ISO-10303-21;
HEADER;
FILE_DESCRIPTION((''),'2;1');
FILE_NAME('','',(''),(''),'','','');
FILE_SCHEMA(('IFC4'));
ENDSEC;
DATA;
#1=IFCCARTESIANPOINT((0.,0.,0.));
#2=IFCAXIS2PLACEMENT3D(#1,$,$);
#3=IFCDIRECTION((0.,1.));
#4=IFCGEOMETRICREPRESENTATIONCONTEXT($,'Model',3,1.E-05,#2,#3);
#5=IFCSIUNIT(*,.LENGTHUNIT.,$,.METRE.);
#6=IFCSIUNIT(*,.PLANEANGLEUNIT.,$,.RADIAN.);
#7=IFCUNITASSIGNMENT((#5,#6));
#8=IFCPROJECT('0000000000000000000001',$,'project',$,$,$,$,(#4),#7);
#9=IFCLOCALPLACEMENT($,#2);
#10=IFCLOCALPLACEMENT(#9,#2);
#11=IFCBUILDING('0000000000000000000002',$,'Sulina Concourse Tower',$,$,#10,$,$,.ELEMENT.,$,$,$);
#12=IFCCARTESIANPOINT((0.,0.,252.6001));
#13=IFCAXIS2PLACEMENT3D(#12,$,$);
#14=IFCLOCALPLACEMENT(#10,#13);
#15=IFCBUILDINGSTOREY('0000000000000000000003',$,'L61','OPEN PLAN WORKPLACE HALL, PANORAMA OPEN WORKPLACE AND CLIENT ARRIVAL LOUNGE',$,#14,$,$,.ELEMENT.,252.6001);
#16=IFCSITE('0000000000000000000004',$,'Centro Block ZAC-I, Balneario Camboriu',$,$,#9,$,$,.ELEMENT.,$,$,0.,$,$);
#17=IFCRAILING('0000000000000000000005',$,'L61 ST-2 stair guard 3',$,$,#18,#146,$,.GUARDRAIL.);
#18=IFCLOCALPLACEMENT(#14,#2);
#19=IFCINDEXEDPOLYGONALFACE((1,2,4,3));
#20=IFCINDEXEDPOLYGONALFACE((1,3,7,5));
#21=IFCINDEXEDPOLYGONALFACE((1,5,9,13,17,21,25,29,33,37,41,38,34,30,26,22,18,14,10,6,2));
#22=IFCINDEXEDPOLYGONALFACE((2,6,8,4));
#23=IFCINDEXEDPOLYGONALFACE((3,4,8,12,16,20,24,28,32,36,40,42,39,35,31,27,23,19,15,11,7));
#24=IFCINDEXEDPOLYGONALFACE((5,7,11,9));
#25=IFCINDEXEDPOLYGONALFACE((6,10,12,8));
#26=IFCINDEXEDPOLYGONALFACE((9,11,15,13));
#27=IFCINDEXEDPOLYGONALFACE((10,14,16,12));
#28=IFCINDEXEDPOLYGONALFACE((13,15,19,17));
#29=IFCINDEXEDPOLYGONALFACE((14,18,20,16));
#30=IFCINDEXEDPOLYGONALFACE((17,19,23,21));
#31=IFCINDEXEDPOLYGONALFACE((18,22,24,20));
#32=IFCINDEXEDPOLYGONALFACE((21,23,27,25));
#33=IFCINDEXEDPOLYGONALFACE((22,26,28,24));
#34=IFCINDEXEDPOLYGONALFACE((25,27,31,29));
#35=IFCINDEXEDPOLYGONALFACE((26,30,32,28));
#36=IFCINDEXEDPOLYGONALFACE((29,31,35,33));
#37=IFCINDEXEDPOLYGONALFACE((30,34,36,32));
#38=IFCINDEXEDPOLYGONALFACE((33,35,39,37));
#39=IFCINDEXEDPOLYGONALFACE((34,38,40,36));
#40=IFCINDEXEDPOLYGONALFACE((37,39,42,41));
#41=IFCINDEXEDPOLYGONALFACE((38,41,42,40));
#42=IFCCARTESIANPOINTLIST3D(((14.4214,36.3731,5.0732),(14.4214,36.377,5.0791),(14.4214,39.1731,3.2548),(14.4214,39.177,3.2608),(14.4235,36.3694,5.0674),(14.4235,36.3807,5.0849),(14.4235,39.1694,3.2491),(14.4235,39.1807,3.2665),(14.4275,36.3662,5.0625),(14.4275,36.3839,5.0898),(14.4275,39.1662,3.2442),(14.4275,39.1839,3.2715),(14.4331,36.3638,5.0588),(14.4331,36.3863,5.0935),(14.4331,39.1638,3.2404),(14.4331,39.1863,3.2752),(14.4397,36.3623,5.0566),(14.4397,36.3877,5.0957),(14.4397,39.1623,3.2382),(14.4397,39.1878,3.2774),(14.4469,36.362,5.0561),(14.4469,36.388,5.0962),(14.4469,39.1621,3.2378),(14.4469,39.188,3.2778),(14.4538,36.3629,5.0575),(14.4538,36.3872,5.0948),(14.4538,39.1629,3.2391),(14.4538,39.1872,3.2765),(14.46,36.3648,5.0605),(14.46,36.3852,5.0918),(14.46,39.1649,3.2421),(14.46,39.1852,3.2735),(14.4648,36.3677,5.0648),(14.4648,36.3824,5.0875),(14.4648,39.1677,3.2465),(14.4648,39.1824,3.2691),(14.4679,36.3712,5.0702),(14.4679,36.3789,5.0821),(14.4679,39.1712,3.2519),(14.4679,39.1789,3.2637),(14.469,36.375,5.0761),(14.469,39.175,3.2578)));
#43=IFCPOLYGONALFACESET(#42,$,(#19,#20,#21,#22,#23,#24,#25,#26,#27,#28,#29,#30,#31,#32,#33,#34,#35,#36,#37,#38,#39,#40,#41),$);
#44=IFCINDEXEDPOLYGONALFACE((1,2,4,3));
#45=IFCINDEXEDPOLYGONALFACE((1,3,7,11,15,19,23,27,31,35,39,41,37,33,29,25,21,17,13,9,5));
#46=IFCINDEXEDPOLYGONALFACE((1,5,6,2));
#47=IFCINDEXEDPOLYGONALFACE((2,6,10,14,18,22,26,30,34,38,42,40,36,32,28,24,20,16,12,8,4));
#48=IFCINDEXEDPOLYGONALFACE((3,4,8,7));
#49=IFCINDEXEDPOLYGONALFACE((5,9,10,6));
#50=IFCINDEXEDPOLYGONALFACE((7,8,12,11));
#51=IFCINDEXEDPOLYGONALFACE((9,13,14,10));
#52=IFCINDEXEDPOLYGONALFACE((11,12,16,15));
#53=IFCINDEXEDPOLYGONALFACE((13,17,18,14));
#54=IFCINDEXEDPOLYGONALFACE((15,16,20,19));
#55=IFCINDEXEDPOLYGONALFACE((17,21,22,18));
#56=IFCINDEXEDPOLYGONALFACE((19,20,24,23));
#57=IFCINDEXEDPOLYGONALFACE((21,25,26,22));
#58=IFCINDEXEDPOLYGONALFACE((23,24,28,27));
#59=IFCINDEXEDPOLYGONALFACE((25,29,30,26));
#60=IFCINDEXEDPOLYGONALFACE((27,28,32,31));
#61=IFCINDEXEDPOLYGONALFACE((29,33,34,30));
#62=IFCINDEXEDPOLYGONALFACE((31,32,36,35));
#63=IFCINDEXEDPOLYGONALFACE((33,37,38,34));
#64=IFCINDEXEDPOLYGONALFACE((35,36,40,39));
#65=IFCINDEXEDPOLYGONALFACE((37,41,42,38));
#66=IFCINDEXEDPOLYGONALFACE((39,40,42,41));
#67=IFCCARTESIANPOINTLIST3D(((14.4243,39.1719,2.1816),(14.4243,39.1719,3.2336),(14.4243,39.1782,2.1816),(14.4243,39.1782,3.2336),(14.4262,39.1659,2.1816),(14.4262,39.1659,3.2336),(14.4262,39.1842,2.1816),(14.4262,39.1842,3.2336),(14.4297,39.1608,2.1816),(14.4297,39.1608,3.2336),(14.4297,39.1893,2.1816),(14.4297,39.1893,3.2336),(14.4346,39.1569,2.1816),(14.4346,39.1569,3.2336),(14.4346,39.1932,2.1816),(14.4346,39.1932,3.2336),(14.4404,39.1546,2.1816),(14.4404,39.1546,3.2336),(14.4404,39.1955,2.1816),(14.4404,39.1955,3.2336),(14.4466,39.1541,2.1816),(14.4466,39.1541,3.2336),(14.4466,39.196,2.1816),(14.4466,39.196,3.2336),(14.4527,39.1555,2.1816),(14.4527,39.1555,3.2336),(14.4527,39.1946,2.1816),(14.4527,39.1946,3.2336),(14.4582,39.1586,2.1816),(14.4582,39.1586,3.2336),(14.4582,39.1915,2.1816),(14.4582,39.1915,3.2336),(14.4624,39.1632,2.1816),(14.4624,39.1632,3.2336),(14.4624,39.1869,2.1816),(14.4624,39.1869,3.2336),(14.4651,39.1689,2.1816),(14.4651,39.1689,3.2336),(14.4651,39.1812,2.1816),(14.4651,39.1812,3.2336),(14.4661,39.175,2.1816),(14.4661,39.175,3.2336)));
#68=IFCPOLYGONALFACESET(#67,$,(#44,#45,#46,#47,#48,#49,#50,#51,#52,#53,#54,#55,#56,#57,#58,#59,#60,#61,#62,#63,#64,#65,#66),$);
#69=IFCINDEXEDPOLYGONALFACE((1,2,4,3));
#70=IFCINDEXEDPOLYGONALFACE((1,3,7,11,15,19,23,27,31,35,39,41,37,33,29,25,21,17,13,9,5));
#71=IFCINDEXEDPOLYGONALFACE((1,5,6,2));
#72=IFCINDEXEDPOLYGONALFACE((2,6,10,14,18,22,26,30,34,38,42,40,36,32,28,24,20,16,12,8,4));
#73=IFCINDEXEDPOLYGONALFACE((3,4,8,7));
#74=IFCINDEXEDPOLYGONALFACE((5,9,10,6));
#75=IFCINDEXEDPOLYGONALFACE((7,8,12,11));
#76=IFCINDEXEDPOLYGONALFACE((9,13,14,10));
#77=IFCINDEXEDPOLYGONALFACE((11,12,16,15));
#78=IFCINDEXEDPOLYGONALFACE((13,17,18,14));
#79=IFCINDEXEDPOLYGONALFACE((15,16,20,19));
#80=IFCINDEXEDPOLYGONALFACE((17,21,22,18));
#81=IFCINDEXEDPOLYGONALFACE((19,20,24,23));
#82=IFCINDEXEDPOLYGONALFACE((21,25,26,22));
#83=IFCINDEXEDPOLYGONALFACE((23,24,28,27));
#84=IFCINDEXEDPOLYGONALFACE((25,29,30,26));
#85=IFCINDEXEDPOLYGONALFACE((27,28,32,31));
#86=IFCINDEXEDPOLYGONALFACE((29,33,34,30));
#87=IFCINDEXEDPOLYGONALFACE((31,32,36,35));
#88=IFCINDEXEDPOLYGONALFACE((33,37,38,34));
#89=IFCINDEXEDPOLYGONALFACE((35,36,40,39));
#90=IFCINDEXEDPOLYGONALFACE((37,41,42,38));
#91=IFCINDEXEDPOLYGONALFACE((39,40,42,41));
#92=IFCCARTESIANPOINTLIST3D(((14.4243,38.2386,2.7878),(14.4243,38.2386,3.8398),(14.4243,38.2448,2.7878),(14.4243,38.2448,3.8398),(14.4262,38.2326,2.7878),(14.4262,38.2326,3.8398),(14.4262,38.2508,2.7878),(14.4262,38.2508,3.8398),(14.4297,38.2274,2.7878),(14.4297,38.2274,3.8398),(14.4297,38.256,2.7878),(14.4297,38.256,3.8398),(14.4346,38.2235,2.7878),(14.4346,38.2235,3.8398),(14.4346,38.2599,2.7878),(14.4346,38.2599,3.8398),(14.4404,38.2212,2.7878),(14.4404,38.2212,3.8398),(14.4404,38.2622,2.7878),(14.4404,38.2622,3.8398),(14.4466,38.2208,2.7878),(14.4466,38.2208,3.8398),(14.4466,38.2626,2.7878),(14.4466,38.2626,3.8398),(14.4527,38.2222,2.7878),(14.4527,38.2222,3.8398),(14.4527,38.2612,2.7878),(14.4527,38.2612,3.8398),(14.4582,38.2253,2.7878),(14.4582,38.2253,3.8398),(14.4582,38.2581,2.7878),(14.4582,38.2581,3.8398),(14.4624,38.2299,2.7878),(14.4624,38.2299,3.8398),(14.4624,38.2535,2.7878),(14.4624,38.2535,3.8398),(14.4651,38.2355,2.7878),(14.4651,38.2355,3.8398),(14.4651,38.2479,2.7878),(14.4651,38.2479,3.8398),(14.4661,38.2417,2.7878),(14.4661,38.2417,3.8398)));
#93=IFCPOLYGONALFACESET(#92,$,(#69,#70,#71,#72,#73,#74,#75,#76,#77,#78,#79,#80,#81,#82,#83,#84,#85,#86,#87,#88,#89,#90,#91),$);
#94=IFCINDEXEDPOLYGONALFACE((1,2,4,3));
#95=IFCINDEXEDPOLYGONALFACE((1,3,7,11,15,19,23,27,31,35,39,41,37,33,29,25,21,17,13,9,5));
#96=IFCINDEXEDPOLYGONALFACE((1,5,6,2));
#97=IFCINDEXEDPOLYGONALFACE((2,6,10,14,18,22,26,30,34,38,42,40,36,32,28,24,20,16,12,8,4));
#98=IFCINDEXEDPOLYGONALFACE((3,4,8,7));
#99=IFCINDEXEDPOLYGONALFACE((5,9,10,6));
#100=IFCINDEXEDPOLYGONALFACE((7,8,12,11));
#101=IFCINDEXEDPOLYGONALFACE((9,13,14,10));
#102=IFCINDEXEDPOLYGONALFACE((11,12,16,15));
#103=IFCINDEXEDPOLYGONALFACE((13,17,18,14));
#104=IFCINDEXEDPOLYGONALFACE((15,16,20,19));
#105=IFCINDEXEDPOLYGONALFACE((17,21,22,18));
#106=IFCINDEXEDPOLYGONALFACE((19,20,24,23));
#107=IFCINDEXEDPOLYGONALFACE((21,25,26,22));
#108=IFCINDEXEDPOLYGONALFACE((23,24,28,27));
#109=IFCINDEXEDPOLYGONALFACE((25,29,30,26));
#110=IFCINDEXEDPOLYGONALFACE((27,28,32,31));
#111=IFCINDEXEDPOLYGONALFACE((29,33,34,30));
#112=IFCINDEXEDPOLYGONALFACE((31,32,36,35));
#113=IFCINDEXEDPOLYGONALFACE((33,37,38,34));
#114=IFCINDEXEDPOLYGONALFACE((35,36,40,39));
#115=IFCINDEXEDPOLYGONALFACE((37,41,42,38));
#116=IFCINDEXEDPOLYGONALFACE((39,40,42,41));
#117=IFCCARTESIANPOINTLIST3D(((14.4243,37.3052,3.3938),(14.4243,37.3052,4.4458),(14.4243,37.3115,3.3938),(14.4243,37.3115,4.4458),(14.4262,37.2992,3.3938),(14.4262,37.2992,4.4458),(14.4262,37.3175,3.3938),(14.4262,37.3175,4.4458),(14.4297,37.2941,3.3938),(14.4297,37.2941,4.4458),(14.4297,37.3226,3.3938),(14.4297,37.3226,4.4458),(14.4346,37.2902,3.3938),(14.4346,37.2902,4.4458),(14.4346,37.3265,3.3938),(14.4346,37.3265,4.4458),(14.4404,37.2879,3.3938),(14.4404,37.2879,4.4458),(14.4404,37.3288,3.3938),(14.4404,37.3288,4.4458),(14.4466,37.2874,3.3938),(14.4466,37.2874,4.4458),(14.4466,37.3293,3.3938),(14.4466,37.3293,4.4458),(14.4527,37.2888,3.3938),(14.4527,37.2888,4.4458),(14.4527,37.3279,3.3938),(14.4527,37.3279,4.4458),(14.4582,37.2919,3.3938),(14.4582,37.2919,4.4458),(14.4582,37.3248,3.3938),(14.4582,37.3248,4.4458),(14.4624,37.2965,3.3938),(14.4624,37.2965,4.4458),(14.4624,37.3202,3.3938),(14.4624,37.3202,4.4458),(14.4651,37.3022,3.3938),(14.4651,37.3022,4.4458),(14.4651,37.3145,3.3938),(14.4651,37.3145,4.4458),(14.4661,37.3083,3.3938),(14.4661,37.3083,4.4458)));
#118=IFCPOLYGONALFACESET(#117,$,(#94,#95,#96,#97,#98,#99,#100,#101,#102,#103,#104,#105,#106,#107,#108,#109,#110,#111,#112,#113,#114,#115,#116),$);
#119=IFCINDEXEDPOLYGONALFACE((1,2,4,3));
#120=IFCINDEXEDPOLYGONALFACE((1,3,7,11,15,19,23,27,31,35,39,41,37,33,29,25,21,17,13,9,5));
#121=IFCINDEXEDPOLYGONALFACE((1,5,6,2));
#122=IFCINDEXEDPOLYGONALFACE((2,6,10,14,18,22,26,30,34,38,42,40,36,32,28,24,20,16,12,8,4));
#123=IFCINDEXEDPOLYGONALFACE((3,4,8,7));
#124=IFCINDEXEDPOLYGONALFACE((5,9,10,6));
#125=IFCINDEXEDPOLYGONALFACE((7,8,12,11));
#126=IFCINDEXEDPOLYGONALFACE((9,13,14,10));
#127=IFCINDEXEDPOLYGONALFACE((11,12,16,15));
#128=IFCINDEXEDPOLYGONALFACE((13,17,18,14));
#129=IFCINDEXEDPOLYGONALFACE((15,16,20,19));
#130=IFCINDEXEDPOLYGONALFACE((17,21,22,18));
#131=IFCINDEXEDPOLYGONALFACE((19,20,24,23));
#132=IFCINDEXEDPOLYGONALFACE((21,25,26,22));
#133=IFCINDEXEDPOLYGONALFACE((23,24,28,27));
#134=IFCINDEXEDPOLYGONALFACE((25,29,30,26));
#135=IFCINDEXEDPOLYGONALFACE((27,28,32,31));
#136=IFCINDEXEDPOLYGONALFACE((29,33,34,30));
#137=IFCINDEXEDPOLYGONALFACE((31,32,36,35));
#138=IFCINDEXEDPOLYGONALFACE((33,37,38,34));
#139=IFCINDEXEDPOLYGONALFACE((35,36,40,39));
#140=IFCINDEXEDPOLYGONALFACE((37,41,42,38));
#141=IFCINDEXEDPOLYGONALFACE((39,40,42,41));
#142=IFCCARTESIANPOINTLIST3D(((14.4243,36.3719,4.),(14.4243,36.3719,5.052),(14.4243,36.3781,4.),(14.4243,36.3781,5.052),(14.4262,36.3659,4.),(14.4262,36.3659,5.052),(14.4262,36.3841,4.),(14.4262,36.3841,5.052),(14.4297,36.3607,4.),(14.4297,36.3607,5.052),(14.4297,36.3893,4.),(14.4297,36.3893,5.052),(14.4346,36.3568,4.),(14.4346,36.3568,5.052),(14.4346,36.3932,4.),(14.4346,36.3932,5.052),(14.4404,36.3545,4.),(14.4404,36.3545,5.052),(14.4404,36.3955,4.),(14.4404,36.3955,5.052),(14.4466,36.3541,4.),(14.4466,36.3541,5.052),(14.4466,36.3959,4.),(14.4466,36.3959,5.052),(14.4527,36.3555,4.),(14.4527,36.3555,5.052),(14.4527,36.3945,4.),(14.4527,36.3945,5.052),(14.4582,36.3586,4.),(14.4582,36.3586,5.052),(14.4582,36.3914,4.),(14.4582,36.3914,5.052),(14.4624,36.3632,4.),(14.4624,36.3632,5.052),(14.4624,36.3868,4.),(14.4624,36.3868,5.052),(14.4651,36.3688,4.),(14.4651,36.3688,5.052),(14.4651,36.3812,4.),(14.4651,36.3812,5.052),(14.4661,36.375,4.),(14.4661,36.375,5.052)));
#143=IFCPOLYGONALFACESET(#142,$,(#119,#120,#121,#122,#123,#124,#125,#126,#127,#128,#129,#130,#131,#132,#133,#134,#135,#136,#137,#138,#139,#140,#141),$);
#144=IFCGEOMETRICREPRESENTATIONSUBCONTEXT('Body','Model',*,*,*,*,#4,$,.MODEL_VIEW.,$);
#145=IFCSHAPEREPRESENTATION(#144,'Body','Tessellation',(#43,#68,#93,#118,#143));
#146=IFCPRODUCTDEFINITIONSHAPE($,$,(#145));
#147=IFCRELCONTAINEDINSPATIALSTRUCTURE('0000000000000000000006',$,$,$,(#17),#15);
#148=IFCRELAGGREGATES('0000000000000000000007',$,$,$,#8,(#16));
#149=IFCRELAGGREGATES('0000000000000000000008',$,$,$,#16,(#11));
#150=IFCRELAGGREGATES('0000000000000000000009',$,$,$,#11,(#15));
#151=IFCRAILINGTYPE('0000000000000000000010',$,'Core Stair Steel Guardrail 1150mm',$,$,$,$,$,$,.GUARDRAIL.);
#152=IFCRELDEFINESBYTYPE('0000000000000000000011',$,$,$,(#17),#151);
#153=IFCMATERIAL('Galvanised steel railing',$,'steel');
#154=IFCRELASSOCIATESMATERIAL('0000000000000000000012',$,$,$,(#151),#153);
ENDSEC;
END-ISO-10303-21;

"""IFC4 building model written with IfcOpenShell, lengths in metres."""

from ifc_helpers import new_model, si_unit, direction, frame, origin, origin_2d, place, context, subcontext, project, spatial, circle, extrude, material, type_object, element, save


model = new_model("IFC4")

# Units and contexts
model_context = context("Model", 3, precision=1e-05, world=origin(), true_north=direction((0.0, 1.0)))
body_context = subcontext(model_context, "Body", "Model", "MODEL_VIEW")
ifc_project = project(units=[si_unit("LENGTHUNIT", "METRE"), si_unit("PLANEANGLEUNIT", "RADIAN")], contexts=[model_context])

# Site, building, storey
site_placement = place(None, origin())
site = spatial("IfcSite", under=ifc_project, at=site_placement, Name="Centro Block ZAC-I, Balneario Camboriu", CompositionType="ELEMENT", RefElevation=0.0)
building_placement = place(site_placement, origin())
building = spatial("IfcBuilding", under=site, at=building_placement, Name="Sulina Concourse Tower", CompositionType="ELEMENT")
storey_placement = place(building_placement, frame((0.0, 0.0, 252.6001)))
storey = spatial("IfcBuildingStorey", under=building, at=storey_placement, Name="L61", Description="OPEN PLAN WORKPLACE HALL, PANORAMA OPEN WORKPLACE AND CLIENT ARRIVAL LOUNGE", CompositionType="ELEMENT", Elevation=252.6001)

# Railing
ifc_material_1 = material(Name="Galvanised steel railing", Category="steel")
railing_type_1 = type_object("IfcRailingType", Name="Core Stair Steel Guardrail 1150mm", PredefinedType="GUARDRAIL", material=ifc_material_1)
railing_1_placement = place(storey_placement, frame((14.4451, 39.175, 2.1816)))
element("IfcRailing", 1, at=railing_1_placement, inside=storey, type_object=railing_type_1, Name="L61 ST-2 stair guard 3", PredefinedType="GUARDRAIL", context=body_context, shape_type="SweptSolid", body=[
    extrude(circle(Radius=0.0239, at=origin_2d()), frame((0.0, 0.0, 1.0762), z_axis=(0.0, -0.838672, 0.544636), x_axis=(1.0, 0.0, 0.0)), (0.0, 0.0, 1.0), 3.3386),
    extrude(circle(Radius=0.021, at=origin_2d()), origin(), (0.0, 0.0, 1.0), 1.052),
    extrude(circle(Radius=0.021, at=origin_2d()), frame((0.0, -0.9333, 0.6062)), (0.0, 0.0, 1.0), 1.052),
    extrude(circle(Radius=0.021, at=origin_2d()), frame((0.0, -1.8667, 1.2122)), (0.0, 0.0, 1.0), 1.052),
    extrude(circle(Radius=0.021, at=origin_2d()), frame((0.0, -2.8, 1.8184)), (0.0, 0.0, 1.0), 1.052),
])

save(model, "model.ifc")
